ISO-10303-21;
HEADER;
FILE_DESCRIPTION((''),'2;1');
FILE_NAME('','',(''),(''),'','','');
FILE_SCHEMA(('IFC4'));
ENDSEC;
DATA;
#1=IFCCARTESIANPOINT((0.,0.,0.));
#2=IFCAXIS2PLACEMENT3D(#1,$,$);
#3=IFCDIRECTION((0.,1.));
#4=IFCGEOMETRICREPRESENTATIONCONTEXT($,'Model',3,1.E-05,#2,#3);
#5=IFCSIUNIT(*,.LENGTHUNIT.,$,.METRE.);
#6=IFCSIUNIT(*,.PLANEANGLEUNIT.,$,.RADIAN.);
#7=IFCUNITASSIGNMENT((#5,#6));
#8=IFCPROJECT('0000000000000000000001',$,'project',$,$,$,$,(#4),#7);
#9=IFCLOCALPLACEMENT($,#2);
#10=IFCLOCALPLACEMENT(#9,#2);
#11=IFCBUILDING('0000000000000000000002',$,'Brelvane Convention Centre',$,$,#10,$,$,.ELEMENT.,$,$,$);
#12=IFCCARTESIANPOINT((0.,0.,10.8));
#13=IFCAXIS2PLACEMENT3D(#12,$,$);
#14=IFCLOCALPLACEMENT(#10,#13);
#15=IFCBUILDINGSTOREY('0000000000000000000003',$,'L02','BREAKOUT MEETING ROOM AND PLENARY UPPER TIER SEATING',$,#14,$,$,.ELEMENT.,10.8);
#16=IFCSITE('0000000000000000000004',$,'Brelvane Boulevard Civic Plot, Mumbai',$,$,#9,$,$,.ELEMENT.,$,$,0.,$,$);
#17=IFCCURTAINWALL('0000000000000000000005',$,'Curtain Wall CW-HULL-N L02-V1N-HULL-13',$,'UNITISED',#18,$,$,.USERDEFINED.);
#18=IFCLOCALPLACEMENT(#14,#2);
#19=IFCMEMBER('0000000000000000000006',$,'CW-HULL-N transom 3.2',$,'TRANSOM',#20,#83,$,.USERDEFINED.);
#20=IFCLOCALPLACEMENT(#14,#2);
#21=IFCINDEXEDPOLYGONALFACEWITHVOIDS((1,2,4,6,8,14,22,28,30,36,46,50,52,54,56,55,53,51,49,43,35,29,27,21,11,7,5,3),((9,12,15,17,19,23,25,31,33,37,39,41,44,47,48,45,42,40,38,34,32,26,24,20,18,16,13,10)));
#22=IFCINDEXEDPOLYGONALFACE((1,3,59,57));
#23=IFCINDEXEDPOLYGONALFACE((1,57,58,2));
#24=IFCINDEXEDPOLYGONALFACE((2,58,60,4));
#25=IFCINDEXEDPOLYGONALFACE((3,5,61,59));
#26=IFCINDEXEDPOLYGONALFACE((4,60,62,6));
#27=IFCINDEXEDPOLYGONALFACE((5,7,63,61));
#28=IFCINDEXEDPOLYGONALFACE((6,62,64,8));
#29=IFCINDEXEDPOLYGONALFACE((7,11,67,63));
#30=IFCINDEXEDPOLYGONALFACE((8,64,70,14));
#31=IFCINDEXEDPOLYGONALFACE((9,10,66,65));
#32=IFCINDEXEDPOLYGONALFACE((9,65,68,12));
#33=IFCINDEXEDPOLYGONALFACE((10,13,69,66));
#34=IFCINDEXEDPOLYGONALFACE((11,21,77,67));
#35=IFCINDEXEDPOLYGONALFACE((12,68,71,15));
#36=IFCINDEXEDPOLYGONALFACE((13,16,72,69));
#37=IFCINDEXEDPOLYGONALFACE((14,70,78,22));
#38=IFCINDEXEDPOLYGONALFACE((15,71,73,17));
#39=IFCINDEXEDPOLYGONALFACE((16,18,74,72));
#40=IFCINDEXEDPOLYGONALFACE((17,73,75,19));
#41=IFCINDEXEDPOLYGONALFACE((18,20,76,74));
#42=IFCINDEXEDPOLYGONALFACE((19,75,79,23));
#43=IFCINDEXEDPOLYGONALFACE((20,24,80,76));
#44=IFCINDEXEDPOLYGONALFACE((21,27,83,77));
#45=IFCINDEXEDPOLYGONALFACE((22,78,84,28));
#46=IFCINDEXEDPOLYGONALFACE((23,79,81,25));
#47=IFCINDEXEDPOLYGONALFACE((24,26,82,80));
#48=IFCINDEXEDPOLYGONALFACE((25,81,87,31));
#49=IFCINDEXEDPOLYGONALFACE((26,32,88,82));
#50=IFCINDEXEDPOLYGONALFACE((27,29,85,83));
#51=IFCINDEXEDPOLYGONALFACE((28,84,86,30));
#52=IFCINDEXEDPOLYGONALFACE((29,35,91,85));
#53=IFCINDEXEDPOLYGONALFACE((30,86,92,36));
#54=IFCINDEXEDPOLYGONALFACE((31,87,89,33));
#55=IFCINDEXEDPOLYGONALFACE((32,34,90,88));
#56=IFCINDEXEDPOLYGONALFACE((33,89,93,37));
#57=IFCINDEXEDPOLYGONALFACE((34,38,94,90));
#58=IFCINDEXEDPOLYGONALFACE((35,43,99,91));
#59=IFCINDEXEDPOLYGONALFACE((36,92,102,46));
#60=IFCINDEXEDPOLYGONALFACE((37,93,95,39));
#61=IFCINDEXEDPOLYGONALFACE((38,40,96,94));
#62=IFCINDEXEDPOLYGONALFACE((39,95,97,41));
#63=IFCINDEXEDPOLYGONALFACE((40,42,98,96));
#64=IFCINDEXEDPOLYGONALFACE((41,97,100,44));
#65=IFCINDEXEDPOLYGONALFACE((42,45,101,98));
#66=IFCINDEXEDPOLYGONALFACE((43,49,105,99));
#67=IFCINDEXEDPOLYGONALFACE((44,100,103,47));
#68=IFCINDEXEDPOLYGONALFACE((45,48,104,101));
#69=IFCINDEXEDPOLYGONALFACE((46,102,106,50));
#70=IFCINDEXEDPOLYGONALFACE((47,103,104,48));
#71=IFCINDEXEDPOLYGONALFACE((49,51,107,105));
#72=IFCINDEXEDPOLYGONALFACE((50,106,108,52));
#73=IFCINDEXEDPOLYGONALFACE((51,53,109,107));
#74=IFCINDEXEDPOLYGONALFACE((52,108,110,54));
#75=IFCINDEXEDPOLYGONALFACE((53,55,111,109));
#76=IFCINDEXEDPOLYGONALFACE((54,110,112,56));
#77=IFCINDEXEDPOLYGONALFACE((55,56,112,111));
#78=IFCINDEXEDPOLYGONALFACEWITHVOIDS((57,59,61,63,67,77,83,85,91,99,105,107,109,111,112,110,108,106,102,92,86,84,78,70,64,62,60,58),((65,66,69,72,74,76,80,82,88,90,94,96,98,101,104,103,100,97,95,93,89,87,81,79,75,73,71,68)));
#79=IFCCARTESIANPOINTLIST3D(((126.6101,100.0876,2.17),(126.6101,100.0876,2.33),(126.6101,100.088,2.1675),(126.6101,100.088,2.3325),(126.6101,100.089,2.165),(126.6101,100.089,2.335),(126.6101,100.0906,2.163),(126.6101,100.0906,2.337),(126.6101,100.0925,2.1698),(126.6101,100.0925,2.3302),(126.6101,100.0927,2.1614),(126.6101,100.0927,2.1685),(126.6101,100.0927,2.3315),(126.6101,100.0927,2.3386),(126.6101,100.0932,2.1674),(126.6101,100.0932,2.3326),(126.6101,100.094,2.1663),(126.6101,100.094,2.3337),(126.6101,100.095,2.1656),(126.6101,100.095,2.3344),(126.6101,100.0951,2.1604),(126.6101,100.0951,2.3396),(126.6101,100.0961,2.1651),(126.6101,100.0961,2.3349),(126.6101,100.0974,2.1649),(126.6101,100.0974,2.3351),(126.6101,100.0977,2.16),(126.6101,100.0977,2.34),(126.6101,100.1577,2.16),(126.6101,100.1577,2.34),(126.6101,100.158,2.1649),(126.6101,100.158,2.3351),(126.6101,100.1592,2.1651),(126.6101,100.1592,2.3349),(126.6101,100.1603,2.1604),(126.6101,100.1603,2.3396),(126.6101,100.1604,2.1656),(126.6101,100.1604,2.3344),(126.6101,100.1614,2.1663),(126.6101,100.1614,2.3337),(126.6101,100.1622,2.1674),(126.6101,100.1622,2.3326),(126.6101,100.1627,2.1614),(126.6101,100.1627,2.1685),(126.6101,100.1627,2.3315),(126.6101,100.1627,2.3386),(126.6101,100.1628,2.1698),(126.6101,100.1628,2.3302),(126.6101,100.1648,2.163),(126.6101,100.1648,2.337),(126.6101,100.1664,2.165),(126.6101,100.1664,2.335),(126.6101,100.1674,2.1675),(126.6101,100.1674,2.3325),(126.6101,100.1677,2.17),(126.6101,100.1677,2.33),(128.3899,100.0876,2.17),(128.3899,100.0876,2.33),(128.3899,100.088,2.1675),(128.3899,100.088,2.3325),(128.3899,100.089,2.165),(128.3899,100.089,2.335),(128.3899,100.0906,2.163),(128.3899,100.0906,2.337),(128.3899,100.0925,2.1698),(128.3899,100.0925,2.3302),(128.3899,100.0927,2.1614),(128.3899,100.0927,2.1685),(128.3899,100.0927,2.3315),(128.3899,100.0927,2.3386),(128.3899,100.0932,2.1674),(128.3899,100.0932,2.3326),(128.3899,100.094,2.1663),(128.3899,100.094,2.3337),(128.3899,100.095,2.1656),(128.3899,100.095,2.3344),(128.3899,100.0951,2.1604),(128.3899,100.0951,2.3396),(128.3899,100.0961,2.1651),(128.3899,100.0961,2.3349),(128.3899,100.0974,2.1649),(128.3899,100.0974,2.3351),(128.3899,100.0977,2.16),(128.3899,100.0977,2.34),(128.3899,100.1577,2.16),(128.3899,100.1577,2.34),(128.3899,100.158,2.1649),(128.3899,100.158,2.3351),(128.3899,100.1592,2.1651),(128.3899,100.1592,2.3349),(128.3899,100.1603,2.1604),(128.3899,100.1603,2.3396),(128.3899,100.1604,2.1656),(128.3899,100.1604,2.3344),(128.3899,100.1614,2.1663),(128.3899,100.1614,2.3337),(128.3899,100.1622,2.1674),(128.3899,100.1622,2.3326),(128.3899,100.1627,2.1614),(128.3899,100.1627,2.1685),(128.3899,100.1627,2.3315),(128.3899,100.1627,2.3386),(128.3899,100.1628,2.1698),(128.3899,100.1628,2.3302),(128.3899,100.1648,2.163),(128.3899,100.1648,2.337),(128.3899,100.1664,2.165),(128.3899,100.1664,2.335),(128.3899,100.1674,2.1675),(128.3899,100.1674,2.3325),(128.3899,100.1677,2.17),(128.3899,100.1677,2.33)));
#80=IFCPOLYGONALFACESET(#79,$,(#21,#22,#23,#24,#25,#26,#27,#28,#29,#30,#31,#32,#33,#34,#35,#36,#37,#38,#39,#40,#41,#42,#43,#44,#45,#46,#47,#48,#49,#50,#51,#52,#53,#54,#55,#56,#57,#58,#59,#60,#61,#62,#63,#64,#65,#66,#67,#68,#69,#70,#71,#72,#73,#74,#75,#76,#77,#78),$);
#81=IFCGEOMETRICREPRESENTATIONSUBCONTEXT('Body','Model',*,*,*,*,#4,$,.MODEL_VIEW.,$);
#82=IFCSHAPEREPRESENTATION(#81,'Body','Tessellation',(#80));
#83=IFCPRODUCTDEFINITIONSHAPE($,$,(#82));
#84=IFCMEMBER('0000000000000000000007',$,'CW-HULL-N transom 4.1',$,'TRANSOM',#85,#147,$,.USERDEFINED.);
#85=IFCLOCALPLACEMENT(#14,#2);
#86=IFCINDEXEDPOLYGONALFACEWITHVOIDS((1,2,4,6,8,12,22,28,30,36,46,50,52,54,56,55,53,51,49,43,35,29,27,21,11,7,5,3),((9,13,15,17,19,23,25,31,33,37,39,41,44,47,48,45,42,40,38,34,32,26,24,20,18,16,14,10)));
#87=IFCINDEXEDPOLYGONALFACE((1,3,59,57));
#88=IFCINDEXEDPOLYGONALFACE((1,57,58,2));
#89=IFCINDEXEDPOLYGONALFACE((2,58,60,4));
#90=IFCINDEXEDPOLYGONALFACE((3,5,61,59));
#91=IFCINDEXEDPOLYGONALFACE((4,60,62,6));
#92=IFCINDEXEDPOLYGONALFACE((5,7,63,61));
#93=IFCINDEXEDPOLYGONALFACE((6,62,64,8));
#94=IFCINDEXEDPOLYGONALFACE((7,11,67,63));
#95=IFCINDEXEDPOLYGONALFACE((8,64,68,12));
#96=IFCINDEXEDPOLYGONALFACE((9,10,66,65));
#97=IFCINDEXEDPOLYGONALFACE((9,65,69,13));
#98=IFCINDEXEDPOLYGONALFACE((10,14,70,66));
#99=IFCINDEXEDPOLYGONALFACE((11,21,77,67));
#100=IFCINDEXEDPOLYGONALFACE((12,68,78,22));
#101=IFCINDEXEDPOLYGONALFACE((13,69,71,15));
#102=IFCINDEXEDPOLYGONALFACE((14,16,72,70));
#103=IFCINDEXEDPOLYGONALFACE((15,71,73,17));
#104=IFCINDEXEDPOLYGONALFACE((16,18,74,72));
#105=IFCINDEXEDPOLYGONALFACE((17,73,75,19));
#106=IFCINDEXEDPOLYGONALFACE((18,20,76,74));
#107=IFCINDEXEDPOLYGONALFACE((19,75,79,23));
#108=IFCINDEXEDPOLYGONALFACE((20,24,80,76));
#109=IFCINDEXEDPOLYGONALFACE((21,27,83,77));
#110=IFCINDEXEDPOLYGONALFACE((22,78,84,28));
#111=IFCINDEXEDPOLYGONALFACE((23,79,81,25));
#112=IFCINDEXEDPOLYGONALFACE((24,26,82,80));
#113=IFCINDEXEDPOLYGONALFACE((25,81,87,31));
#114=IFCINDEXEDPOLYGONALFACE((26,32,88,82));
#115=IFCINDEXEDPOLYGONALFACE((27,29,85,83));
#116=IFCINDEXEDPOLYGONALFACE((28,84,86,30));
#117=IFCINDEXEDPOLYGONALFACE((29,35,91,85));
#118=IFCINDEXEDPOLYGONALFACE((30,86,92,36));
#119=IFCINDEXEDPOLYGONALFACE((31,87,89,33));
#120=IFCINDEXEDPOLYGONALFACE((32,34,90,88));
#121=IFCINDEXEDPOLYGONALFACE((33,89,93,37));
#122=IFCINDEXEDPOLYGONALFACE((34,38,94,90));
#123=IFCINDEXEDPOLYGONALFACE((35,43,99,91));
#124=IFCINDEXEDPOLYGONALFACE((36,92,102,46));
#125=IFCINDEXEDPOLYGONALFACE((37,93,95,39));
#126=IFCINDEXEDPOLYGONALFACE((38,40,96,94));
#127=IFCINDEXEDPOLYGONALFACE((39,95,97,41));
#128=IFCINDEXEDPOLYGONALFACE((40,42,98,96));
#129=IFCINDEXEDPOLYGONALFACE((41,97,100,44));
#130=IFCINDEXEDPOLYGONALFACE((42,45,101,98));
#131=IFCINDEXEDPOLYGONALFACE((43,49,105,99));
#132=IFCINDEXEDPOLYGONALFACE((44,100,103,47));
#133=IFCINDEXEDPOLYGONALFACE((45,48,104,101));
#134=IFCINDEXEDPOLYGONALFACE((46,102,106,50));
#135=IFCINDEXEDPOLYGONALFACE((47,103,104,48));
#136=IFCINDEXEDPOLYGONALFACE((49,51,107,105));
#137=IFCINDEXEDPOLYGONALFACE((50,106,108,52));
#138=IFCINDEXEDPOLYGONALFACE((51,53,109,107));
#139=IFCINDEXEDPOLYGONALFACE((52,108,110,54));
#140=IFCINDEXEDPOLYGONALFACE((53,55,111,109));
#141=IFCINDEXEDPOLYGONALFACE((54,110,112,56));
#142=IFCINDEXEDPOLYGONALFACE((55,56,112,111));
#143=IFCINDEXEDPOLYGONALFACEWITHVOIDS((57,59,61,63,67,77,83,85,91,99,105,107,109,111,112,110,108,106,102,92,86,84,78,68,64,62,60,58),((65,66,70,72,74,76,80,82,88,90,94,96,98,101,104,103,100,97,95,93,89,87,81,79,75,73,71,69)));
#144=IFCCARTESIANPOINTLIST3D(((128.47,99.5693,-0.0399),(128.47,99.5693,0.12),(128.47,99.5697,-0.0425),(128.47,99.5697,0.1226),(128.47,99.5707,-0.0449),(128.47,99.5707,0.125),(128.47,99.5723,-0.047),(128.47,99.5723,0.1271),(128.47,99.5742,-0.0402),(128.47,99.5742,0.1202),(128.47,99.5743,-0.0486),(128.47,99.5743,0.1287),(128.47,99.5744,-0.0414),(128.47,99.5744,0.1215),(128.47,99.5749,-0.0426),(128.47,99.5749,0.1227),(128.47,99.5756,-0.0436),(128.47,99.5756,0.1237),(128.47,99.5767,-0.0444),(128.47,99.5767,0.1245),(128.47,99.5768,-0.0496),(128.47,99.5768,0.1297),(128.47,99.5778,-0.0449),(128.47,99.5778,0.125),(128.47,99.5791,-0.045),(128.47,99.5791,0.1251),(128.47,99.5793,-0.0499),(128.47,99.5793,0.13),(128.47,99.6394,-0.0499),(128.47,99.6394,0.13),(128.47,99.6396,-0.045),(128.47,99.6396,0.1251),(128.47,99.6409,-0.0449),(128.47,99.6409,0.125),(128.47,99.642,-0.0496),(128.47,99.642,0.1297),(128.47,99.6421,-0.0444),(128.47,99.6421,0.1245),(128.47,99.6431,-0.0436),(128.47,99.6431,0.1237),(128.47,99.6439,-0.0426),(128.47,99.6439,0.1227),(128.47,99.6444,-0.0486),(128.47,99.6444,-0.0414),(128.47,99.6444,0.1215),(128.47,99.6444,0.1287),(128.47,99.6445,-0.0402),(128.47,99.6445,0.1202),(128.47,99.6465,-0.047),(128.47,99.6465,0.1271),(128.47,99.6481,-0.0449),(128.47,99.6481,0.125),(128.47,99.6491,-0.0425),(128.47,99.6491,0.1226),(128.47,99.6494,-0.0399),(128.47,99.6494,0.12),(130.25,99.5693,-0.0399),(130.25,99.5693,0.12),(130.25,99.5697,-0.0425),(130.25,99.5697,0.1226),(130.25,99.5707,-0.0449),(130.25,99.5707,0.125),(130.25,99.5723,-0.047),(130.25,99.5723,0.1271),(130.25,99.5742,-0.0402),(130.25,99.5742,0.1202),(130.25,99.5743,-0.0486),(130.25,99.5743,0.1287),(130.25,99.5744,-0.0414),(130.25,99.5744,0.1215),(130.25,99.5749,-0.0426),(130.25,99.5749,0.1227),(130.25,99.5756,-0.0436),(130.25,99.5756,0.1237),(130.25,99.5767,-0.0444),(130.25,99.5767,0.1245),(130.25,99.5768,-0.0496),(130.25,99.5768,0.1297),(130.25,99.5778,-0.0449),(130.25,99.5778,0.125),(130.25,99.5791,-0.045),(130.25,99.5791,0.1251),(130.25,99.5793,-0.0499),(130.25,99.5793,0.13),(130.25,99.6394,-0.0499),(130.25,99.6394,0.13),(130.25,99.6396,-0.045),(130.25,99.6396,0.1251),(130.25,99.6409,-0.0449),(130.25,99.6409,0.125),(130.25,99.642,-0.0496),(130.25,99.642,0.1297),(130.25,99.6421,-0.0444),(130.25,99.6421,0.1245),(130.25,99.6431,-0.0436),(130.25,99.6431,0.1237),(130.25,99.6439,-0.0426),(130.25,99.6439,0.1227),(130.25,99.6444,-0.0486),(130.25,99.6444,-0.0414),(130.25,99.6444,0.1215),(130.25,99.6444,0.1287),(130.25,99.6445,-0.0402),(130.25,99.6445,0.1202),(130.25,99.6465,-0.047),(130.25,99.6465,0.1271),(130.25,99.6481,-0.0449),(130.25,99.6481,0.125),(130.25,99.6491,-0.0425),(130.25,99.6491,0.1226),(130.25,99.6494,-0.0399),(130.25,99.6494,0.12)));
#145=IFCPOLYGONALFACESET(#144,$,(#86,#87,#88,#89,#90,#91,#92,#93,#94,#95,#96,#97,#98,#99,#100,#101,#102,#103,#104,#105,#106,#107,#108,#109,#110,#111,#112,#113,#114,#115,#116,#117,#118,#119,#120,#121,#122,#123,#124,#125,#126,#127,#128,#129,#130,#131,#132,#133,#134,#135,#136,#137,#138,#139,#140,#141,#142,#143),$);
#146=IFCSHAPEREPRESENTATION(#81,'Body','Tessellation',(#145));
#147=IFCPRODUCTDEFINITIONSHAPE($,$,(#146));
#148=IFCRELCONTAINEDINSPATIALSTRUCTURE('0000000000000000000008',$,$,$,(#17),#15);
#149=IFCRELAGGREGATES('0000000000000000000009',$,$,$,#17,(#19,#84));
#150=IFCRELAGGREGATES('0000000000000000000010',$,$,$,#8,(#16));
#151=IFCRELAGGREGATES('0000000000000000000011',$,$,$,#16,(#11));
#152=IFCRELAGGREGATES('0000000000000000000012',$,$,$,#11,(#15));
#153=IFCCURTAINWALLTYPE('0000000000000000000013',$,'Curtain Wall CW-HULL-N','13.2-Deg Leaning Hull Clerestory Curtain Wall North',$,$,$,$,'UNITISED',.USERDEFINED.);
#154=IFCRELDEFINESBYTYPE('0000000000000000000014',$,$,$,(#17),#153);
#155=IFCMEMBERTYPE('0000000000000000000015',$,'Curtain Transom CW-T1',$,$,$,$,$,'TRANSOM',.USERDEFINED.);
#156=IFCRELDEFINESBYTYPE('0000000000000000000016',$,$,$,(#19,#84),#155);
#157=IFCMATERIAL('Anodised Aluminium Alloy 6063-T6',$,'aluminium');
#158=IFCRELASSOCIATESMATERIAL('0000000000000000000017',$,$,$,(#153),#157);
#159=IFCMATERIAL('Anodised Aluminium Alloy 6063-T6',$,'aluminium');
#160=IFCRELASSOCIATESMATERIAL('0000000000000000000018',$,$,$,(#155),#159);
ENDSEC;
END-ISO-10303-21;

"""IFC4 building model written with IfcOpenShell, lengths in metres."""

from ifc_helpers import new_model, si_unit, direction, frame, origin, origin_2d, place, context, subcontext, project, spatial, hollow_rectangle, extrude, material, material_profile, profile_set, type_object, element, aggregate, save


model = new_model("IFC4")

# Units and contexts
model_context = context("Model", 3, precision=1e-05, world=origin(), true_north=direction((0.0, 1.0)))
body_context = subcontext(model_context, "Body", "Model", "MODEL_VIEW")
ifc_project = project(units=[si_unit("LENGTHUNIT", "METRE"), si_unit("PLANEANGLEUNIT", "RADIAN")], contexts=[model_context])

# Site, building, storey
site_placement = place(None, origin())
site = spatial("IfcSite", under=ifc_project, at=site_placement, Name="Brelvane Boulevard Civic Plot, Mumbai", CompositionType="ELEMENT", RefElevation=0.0)
building_placement = place(site_placement, origin())
building = spatial("IfcBuilding", under=site, at=building_placement, Name="Brelvane Convention Centre", CompositionType="ELEMENT")
storey_placement = place(building_placement, frame((0.0, 0.0, 10.8)))
storey = spatial("IfcBuildingStorey", under=building, at=storey_placement, Name="L02", Description="BREAKOUT MEETING ROOM AND PLENARY UPPER TIER SEATING", CompositionType="ELEMENT", Elevation=10.8)

# Curtain wall
ifc_material_1 = material(Name="Anodised Aluminium Alloy 6063-T6", Category="aluminium")
curtain_wall_type = type_object("IfcCurtainWallType", Name="Curtain Wall CW-HULL-N", Description="13.2-Deg Leaning Hull Clerestory Curtain Wall North", ElementType="UNITISED", PredefinedType="USERDEFINED", material=ifc_material_1)
curtain_wall_1_placement = place(storey_placement, origin())
curtain_wall_1 = element("IfcCurtainWall", 1, at=curtain_wall_1_placement, inside=storey, type_object=curtain_wall_type, Name="Curtain Wall CW-HULL-N L02-V1N-HULL-13", ObjectType="UNITISED", PredefinedType="USERDEFINED")

# Members
ifc_material_2 = material(Name="Anodised Aluminium Alloy 6063-T6", Category="aluminium")
ifc_material_profile_1 = material_profile(ifc_material_2, hollow_rectangle(XDim=0.0801, YDim=0.1799, WallThickness=0.0049, InnerFilletRadius=0.0049, OuterFilletRadius=0.01, at=origin_2d()), Name="ALU-T 180x80x5.0")
ifc_profile_set_1 = profile_set([ifc_material_profile_1], Name="Anodised Aluminium Alloy 6063-T6")
member_type_1 = type_object("IfcMemberType", Name="Curtain Transom CW-T1", ElementType="TRANSOM", PredefinedType="USERDEFINED", material=ifc_profile_set_1)
member_1_placement = place(storey_placement, frame((126.6101, 100.1277, 2.25), z_axis=(1.0, 0.0, 0.0), x_axis=(0.0, 1.0, 0.0)))
member_1 = element("IfcMember", 2, at=member_1_placement, type_object=member_type_1, Name="CW-HULL-N transom 3.2", ObjectType="TRANSOM", PredefinedType="USERDEFINED", context=body_context, shape_type="SweptSolid", body=[
    extrude(hollow_rectangle(XDim=0.0801, YDim=0.1799, WallThickness=0.0049, InnerFilletRadius=0.0049, OuterFilletRadius=0.01, at=origin_2d()), origin(), (0.0, 0.0, 1.0), 1.7798),
])
member_2_placement = place(storey_placement, frame((128.47, 99.6094, 0.04), z_axis=(1.0, 0.0, 0.0), x_axis=(0.0, 1.0, 0.0)))
member_2 = element("IfcMember", 3, at=member_2_placement, type_object=member_type_1, Name="CW-HULL-N transom 4.1", ObjectType="TRANSOM", PredefinedType="USERDEFINED", context=body_context, shape_type="SweptSolid", body=[
    extrude(hollow_rectangle(XDim=0.0801, YDim=0.1799, WallThickness=0.0049, InnerFilletRadius=0.0049, OuterFilletRadius=0.01, at=origin_2d()), origin(), (0.0, 0.0, 1.0), 1.78),
])

aggregate(curtain_wall_1, [member_1, member_2])

save(model, "model.ifc")
